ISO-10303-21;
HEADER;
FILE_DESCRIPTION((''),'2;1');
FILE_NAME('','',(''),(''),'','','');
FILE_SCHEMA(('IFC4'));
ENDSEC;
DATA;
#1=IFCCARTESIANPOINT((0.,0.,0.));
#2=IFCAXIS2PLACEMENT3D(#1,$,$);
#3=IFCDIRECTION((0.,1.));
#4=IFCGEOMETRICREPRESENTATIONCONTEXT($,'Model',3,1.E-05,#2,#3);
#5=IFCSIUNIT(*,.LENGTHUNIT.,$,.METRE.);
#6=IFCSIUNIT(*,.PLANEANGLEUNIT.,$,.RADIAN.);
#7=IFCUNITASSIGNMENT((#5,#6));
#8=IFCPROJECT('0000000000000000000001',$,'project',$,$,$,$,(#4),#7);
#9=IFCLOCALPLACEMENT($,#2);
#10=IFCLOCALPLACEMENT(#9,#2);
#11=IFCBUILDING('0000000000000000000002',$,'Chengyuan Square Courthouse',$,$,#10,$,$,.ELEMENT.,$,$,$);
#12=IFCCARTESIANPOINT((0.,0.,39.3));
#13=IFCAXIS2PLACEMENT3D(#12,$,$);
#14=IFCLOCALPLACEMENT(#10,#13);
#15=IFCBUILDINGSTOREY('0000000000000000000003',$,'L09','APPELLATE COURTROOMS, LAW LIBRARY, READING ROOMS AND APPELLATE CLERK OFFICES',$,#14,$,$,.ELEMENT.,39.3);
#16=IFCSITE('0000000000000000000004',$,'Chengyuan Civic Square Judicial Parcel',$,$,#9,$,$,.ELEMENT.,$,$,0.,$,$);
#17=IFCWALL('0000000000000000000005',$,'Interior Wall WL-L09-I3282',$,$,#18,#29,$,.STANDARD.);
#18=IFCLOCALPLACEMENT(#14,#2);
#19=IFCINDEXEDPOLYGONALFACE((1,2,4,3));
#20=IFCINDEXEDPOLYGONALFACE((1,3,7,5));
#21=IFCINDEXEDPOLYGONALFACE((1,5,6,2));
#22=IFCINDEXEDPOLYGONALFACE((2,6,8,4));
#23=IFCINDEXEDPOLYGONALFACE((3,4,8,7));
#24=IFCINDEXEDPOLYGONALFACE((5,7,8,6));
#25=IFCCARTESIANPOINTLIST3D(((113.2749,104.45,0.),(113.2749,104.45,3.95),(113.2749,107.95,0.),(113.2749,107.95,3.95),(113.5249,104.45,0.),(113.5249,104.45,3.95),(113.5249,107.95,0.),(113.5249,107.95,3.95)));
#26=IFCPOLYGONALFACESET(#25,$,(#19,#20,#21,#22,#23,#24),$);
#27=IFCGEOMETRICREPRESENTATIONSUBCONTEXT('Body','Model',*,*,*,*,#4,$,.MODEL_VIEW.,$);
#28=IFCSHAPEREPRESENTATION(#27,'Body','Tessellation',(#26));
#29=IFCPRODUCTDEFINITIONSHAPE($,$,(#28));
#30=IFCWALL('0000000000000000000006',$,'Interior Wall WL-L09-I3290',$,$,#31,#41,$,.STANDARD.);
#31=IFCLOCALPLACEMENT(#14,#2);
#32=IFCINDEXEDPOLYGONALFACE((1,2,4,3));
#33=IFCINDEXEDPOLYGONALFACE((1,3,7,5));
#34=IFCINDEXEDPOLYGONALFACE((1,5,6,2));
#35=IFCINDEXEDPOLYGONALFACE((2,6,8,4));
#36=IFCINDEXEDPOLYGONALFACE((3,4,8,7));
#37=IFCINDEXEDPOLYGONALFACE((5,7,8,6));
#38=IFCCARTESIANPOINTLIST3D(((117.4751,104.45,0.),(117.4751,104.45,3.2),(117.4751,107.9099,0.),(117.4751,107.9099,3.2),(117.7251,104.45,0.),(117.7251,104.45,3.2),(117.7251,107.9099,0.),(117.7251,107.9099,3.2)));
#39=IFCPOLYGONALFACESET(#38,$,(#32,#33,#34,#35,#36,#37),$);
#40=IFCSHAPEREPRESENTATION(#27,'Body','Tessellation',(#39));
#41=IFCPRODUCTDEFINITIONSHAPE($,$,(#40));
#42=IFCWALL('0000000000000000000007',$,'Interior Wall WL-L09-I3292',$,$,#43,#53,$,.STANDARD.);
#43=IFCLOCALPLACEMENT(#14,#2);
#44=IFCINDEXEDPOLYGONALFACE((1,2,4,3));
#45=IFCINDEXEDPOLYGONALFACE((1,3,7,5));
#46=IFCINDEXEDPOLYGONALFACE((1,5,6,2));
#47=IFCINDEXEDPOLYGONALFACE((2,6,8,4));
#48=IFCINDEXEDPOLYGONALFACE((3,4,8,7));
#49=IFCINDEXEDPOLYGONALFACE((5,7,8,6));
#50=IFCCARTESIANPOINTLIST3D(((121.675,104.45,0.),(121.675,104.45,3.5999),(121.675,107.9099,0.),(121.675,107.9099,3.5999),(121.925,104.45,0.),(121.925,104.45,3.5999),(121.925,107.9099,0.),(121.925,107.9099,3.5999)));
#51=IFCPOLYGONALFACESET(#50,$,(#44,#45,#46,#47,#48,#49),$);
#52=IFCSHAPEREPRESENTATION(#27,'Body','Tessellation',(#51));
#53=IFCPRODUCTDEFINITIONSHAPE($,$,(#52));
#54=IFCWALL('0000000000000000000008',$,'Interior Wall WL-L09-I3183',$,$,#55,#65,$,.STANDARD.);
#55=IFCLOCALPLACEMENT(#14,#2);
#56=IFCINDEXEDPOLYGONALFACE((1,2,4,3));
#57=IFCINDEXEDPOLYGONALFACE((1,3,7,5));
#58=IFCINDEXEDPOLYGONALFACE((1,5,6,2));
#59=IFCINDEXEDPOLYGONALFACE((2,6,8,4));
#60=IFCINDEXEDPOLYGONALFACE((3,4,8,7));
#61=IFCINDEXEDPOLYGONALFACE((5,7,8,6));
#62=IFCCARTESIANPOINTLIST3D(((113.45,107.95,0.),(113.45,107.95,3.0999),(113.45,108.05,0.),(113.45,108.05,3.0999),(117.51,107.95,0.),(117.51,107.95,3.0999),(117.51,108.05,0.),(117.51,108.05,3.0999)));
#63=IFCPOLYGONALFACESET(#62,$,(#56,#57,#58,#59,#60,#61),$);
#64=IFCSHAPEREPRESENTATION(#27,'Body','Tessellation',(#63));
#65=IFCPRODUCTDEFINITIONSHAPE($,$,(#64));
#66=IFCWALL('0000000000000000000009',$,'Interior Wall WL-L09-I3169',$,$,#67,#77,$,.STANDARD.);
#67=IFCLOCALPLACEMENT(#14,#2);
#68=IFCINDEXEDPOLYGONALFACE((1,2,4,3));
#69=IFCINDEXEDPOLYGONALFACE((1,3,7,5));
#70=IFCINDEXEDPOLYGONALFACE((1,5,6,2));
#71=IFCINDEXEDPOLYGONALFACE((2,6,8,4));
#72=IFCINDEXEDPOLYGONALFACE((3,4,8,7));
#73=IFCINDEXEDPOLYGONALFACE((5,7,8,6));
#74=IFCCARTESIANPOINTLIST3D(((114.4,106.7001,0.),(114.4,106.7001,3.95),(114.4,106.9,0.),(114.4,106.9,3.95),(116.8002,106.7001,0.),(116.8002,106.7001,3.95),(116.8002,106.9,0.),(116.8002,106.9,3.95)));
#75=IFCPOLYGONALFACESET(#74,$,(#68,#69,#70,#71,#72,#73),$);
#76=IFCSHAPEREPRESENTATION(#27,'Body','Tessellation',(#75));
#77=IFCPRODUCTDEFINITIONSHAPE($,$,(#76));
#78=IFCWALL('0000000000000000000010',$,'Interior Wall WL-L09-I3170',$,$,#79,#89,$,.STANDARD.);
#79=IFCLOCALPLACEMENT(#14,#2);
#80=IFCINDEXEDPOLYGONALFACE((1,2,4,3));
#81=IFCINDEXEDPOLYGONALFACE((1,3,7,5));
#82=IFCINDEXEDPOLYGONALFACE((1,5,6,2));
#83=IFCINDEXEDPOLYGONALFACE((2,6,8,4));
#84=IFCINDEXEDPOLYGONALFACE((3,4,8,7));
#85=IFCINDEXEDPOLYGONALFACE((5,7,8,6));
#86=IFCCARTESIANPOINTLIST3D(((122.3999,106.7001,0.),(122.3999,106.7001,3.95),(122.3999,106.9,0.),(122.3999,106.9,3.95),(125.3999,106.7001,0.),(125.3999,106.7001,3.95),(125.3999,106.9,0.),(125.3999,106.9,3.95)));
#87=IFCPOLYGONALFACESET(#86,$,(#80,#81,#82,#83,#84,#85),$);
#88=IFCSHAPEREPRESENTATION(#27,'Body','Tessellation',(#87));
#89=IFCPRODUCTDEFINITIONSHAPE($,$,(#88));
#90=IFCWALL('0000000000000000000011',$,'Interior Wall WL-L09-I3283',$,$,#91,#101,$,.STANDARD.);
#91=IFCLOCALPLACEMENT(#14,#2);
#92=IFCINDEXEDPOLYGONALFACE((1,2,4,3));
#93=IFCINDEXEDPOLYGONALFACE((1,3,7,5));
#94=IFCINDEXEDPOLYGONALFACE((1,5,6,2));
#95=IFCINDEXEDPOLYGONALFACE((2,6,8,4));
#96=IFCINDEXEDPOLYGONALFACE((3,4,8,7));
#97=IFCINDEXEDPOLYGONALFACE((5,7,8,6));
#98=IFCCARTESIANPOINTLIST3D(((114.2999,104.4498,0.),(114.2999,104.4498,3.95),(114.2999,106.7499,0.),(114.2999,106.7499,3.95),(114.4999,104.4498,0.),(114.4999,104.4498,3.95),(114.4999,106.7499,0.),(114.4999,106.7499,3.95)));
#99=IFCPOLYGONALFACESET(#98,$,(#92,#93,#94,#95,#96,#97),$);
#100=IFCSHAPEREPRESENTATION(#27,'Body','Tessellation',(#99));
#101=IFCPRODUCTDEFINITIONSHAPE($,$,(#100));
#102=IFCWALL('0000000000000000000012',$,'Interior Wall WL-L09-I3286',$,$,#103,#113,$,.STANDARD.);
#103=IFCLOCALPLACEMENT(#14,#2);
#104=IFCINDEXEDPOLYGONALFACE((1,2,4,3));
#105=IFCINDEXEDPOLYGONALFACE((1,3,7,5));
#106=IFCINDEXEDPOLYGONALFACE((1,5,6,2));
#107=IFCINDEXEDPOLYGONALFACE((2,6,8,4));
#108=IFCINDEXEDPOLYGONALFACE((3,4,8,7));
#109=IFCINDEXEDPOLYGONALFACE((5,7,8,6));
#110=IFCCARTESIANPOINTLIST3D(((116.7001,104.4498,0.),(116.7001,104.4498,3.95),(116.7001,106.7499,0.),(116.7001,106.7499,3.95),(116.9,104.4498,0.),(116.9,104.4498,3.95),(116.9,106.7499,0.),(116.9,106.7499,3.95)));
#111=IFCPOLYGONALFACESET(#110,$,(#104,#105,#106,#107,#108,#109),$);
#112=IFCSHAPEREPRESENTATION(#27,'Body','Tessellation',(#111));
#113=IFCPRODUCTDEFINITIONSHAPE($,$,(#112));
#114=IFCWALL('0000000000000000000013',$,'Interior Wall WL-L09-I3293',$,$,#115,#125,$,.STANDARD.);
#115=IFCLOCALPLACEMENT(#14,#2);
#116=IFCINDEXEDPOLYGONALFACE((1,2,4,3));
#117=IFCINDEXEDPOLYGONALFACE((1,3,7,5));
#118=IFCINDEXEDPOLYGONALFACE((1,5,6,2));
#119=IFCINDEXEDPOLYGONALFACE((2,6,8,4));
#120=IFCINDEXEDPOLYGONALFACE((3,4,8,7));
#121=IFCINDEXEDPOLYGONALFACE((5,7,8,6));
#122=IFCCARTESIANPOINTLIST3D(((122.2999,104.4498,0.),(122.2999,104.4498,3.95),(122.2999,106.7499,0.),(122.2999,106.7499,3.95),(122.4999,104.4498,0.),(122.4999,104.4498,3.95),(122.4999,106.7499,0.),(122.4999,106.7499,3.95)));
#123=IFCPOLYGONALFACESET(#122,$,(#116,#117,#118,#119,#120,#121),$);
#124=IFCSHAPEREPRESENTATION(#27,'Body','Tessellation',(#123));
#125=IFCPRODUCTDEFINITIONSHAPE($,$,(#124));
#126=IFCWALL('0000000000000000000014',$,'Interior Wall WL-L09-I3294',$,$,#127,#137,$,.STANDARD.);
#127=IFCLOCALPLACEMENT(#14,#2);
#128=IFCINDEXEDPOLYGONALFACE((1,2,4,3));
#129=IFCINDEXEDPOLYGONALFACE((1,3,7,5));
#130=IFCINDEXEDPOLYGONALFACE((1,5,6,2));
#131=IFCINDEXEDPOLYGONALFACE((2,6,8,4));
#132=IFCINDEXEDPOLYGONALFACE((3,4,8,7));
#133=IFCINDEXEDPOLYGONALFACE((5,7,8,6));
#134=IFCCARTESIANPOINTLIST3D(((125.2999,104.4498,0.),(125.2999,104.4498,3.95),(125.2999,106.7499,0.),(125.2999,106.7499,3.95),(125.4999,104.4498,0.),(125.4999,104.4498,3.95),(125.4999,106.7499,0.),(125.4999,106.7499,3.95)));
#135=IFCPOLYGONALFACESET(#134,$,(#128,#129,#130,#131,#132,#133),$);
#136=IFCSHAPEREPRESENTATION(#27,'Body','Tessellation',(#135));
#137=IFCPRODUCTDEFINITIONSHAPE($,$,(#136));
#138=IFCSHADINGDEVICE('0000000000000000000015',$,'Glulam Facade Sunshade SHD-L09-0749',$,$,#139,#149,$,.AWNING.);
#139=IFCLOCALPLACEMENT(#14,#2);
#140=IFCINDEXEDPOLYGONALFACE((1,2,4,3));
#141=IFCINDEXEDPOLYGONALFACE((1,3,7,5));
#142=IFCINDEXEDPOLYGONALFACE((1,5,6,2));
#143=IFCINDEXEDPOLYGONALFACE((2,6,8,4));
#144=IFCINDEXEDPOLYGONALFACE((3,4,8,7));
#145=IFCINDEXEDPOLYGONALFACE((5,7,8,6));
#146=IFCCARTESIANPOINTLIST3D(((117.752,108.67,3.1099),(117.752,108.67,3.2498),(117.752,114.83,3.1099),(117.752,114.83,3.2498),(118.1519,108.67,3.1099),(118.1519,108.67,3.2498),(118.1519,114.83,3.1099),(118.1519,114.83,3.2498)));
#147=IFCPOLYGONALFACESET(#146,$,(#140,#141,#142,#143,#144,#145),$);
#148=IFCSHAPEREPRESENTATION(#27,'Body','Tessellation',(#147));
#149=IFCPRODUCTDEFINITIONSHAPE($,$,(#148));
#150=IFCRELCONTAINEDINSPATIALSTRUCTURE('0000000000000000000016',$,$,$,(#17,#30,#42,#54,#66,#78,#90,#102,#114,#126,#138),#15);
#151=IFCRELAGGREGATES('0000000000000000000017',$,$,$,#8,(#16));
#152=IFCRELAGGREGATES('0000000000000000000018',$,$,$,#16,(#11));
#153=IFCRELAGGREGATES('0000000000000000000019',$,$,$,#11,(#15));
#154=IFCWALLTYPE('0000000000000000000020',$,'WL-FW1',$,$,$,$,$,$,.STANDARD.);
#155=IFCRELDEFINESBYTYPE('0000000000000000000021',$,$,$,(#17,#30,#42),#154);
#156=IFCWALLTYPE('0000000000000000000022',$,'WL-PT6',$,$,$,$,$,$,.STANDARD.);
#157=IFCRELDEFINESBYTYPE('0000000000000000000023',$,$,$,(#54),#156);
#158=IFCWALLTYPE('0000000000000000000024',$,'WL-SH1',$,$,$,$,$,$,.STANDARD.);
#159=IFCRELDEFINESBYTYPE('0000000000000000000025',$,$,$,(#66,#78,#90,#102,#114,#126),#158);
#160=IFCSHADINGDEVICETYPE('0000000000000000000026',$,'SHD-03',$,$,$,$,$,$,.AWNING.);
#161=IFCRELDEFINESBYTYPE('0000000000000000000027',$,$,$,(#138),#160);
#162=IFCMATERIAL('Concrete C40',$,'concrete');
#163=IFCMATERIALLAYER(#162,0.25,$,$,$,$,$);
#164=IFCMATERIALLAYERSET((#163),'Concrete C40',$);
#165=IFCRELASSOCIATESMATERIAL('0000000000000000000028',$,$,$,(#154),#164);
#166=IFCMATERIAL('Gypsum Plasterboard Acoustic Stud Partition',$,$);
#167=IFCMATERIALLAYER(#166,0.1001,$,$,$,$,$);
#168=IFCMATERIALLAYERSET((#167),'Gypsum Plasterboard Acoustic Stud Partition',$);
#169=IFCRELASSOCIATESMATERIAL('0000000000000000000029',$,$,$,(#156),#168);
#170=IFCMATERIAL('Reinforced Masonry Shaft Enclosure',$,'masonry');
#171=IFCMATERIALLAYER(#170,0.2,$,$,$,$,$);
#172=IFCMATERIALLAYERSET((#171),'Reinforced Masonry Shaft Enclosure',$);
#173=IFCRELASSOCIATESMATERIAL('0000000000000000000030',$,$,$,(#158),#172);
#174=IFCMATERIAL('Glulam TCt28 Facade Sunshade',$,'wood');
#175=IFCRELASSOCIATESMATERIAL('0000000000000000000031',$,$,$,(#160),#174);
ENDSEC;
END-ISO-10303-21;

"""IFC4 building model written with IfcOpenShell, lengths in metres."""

from ifc_helpers import new_model, si_unit, direction, frame, frame_2d, origin, origin_2d, place, context, subcontext, project, spatial, rectangle, extrude, material, layer, layer_set, type_object, element, save


model = new_model("IFC4")

# Units and contexts
model_context = context("Model", 3, precision=1e-05, world=origin(), true_north=direction((0.0, 1.0)))
body_context = subcontext(model_context, "Body", "Model", "MODEL_VIEW")
ifc_project = project(units=[si_unit("LENGTHUNIT", "METRE"), si_unit("PLANEANGLEUNIT", "RADIAN")], contexts=[model_context])

# Site, building, storey
site_placement = place(None, origin())
site = spatial("IfcSite", under=ifc_project, at=site_placement, Name="Chengyuan Civic Square Judicial Parcel", CompositionType="ELEMENT", RefElevation=0.0)
building_placement = place(site_placement, origin())
building = spatial("IfcBuilding", under=site, at=building_placement, Name="Chengyuan Square Courthouse", CompositionType="ELEMENT")
storey_placement = place(building_placement, frame((0.0, 0.0, 39.3)))
storey = spatial("IfcBuildingStorey", under=building, at=storey_placement, Name="L09", Description="APPELLATE COURTROOMS, LAW LIBRARY, READING ROOMS AND APPELLATE CLERK OFFICES", CompositionType="ELEMENT", Elevation=39.3)

# Shared definitions
ifc_material_1 = material(Name="Concrete C40", Category="concrete")

# Shared definitions
ifc_layer_1 = layer(ifc_material_1, 0.25)
ifc_layer_set_1 = layer_set([ifc_layer_1], Name="Concrete C40")
wall_type_1 = type_object("IfcWallType", Name="WL-FW1", PredefinedType="STANDARD", material=ifc_layer_set_1)

# Walls
wall_1_placement = place(storey_placement, frame((113.3999, 104.45, 0.0), z_axis=(0.0, 0.0, 1.0), x_axis=(0.0, 1.0, 0.0)))
element("IfcWall", 1, at=wall_1_placement, inside=storey, type_object=wall_type_1, Name="Interior Wall WL-L09-I3282", PredefinedType="STANDARD", context=body_context, shape_type="SweptSolid", body=[
    extrude(rectangle(XDim=3.5, YDim=0.25, at=frame_2d((1.75, 0.0))), origin(), (0.0, 0.0, 1.0), 3.95),
])
wall_2_placement = place(storey_placement, frame((117.6001, 104.45, 0.0), z_axis=(0.0, 0.0, 1.0), x_axis=(0.0, 1.0, 0.0)))
element("IfcWall", 2, at=wall_2_placement, inside=storey, type_object=wall_type_1, Name="Interior Wall WL-L09-I3290", PredefinedType="STANDARD", context=body_context, shape_type="SweptSolid", body=[
    extrude(rectangle(XDim=3.46, YDim=0.25, at=frame_2d((1.73, 0.0))), origin(), (0.0, 0.0, 1.0), 3.2),
])
wall_3_placement = place(storey_placement, frame((121.8, 104.45, 0.0), z_axis=(0.0, 0.0, 1.0), x_axis=(0.0, 1.0, 0.0)))
element("IfcWall", 3, at=wall_3_placement, inside=storey, type_object=wall_type_1, Name="Interior Wall WL-L09-I3292", PredefinedType="STANDARD", context=body_context, shape_type="SweptSolid", body=[
    extrude(rectangle(XDim=3.46, YDim=0.25, at=frame_2d((1.73, 0.0))), origin(), (0.0, 0.0, 1.0), 3.5999),
])
ifc_material_2 = material(Name="Gypsum Plasterboard Acoustic Stud Partition")
ifc_layer_2 = layer(ifc_material_2, 0.1001)
ifc_layer_set_2 = layer_set([ifc_layer_2], Name="Gypsum Plasterboard Acoustic Stud Partition")
wall_type_2 = type_object("IfcWallType", Name="WL-PT6", PredefinedType="STANDARD", material=ifc_layer_set_2)
wall_4_placement = place(storey_placement, frame((113.45, 108.0, 0.0), z_axis=(0.0, 0.0, 1.0), x_axis=(1.0, 0.0, 0.0)))
element("IfcWall", 4, at=wall_4_placement, inside=storey, type_object=wall_type_2, Name="Interior Wall WL-L09-I3183", PredefinedType="STANDARD", context=body_context, shape_type="SweptSolid", body=[
    extrude(rectangle(XDim=4.0601, YDim=0.1001, at=frame_2d((2.03, 0.0))), origin(), (0.0, 0.0, 1.0), 3.0999),
])

# Shared definitions
ifc_material_3 = material(Name="Reinforced Masonry Shaft Enclosure", Category="masonry")
ifc_layer_3 = layer(ifc_material_3, 0.2)
ifc_layer_set_3 = layer_set([ifc_layer_3], Name="Reinforced Masonry Shaft Enclosure")
wall_type_3 = type_object("IfcWallType", Name="WL-SH1", PredefinedType="STANDARD", material=ifc_layer_set_3)

# Walls
wall_5_placement = place(storey_placement, frame((114.3999, 106.8, 0.0), z_axis=(0.0, 0.0, 1.0), x_axis=(1.0, 0.0, 0.0)))
element("IfcWall", 5, at=wall_5_placement, inside=storey, type_object=wall_type_3, Name="Interior Wall WL-L09-I3169", PredefinedType="STANDARD", context=body_context, shape_type="SweptSolid", body=[
    extrude(rectangle(XDim=2.4001, YDim=0.2, at=frame_2d((1.2002, 0.0))), origin(), (0.0, 0.0, 1.0), 3.95),
])
wall_6_placement = place(storey_placement, frame((122.3999, 106.8, 0.0), z_axis=(0.0, 0.0, 1.0), x_axis=(1.0, 0.0, 0.0)))
element("IfcWall", 6, at=wall_6_placement, inside=storey, type_object=wall_type_3, Name="Interior Wall WL-L09-I3170", PredefinedType="STANDARD", context=body_context, shape_type="SweptSolid", body=[
    extrude(rectangle(XDim=3.0, YDim=0.2, at=frame_2d((1.5, 0.0))), origin(), (0.0, 0.0, 1.0), 3.95),
])
for number, where, z_axis, x_axis, name in (
    (7, (114.3999, 104.45, 0.0), (0.0, 0.0, 1.0), (0.0, 1.0, 0.0), "Interior Wall WL-L09-I3283"),
    (8, (116.8, 104.45, 0.0), (0.0, 0.0, 1.0), (0.0, 1.0, 0.0), "Interior Wall WL-L09-I3286"),
    (9, (122.3999, 104.45, 0.0), (0.0, 0.0, 1.0), (0.0, 1.0, 0.0), "Interior Wall WL-L09-I3293"),
    (10, (125.3999, 104.45, 0.0), (0.0, 0.0, 1.0), (0.0, 1.0, 0.0), "Interior Wall WL-L09-I3294"),
):
    element("IfcWall", number, at=place(storey_placement, frame(where, z_axis=z_axis, x_axis=x_axis)), inside=storey, type_object=wall_type_3, Name=name, PredefinedType="STANDARD", context=body_context, shape_type="SweptSolid", body=[
        extrude(rectangle(XDim=2.3, YDim=0.2, at=frame_2d((1.1499, 0.0))), origin(), (0.0, 0.0, 1.0), 3.95),
    ])

# Shading device
ifc_material_4 = material(Name="Glulam TCt28 Facade Sunshade", Category="wood")
shading_device_type = type_object("IfcShadingDeviceType", Name="SHD-03", PredefinedType="AWNING", material=ifc_material_4)
shading_device_placement = place(storey_placement, frame((117.9519, 111.75, 3.1099), z_axis=(0.0, 0.0, 1.0), x_axis=(0.0, 1.0, 0.0)))
element("IfcShadingDevice", 11, at=shading_device_placement, inside=storey, type_object=shading_device_type, Name="Glulam Facade Sunshade SHD-L09-0749", PredefinedType="AWNING", context=body_context, shape_type="SweptSolid", body=[
    extrude(rectangle(XDim=6.1599, YDim=0.3999, at=origin_2d()), origin(), (0.0, 0.0, 1.0), 0.1399),
])

save(model, "model.ifc")
